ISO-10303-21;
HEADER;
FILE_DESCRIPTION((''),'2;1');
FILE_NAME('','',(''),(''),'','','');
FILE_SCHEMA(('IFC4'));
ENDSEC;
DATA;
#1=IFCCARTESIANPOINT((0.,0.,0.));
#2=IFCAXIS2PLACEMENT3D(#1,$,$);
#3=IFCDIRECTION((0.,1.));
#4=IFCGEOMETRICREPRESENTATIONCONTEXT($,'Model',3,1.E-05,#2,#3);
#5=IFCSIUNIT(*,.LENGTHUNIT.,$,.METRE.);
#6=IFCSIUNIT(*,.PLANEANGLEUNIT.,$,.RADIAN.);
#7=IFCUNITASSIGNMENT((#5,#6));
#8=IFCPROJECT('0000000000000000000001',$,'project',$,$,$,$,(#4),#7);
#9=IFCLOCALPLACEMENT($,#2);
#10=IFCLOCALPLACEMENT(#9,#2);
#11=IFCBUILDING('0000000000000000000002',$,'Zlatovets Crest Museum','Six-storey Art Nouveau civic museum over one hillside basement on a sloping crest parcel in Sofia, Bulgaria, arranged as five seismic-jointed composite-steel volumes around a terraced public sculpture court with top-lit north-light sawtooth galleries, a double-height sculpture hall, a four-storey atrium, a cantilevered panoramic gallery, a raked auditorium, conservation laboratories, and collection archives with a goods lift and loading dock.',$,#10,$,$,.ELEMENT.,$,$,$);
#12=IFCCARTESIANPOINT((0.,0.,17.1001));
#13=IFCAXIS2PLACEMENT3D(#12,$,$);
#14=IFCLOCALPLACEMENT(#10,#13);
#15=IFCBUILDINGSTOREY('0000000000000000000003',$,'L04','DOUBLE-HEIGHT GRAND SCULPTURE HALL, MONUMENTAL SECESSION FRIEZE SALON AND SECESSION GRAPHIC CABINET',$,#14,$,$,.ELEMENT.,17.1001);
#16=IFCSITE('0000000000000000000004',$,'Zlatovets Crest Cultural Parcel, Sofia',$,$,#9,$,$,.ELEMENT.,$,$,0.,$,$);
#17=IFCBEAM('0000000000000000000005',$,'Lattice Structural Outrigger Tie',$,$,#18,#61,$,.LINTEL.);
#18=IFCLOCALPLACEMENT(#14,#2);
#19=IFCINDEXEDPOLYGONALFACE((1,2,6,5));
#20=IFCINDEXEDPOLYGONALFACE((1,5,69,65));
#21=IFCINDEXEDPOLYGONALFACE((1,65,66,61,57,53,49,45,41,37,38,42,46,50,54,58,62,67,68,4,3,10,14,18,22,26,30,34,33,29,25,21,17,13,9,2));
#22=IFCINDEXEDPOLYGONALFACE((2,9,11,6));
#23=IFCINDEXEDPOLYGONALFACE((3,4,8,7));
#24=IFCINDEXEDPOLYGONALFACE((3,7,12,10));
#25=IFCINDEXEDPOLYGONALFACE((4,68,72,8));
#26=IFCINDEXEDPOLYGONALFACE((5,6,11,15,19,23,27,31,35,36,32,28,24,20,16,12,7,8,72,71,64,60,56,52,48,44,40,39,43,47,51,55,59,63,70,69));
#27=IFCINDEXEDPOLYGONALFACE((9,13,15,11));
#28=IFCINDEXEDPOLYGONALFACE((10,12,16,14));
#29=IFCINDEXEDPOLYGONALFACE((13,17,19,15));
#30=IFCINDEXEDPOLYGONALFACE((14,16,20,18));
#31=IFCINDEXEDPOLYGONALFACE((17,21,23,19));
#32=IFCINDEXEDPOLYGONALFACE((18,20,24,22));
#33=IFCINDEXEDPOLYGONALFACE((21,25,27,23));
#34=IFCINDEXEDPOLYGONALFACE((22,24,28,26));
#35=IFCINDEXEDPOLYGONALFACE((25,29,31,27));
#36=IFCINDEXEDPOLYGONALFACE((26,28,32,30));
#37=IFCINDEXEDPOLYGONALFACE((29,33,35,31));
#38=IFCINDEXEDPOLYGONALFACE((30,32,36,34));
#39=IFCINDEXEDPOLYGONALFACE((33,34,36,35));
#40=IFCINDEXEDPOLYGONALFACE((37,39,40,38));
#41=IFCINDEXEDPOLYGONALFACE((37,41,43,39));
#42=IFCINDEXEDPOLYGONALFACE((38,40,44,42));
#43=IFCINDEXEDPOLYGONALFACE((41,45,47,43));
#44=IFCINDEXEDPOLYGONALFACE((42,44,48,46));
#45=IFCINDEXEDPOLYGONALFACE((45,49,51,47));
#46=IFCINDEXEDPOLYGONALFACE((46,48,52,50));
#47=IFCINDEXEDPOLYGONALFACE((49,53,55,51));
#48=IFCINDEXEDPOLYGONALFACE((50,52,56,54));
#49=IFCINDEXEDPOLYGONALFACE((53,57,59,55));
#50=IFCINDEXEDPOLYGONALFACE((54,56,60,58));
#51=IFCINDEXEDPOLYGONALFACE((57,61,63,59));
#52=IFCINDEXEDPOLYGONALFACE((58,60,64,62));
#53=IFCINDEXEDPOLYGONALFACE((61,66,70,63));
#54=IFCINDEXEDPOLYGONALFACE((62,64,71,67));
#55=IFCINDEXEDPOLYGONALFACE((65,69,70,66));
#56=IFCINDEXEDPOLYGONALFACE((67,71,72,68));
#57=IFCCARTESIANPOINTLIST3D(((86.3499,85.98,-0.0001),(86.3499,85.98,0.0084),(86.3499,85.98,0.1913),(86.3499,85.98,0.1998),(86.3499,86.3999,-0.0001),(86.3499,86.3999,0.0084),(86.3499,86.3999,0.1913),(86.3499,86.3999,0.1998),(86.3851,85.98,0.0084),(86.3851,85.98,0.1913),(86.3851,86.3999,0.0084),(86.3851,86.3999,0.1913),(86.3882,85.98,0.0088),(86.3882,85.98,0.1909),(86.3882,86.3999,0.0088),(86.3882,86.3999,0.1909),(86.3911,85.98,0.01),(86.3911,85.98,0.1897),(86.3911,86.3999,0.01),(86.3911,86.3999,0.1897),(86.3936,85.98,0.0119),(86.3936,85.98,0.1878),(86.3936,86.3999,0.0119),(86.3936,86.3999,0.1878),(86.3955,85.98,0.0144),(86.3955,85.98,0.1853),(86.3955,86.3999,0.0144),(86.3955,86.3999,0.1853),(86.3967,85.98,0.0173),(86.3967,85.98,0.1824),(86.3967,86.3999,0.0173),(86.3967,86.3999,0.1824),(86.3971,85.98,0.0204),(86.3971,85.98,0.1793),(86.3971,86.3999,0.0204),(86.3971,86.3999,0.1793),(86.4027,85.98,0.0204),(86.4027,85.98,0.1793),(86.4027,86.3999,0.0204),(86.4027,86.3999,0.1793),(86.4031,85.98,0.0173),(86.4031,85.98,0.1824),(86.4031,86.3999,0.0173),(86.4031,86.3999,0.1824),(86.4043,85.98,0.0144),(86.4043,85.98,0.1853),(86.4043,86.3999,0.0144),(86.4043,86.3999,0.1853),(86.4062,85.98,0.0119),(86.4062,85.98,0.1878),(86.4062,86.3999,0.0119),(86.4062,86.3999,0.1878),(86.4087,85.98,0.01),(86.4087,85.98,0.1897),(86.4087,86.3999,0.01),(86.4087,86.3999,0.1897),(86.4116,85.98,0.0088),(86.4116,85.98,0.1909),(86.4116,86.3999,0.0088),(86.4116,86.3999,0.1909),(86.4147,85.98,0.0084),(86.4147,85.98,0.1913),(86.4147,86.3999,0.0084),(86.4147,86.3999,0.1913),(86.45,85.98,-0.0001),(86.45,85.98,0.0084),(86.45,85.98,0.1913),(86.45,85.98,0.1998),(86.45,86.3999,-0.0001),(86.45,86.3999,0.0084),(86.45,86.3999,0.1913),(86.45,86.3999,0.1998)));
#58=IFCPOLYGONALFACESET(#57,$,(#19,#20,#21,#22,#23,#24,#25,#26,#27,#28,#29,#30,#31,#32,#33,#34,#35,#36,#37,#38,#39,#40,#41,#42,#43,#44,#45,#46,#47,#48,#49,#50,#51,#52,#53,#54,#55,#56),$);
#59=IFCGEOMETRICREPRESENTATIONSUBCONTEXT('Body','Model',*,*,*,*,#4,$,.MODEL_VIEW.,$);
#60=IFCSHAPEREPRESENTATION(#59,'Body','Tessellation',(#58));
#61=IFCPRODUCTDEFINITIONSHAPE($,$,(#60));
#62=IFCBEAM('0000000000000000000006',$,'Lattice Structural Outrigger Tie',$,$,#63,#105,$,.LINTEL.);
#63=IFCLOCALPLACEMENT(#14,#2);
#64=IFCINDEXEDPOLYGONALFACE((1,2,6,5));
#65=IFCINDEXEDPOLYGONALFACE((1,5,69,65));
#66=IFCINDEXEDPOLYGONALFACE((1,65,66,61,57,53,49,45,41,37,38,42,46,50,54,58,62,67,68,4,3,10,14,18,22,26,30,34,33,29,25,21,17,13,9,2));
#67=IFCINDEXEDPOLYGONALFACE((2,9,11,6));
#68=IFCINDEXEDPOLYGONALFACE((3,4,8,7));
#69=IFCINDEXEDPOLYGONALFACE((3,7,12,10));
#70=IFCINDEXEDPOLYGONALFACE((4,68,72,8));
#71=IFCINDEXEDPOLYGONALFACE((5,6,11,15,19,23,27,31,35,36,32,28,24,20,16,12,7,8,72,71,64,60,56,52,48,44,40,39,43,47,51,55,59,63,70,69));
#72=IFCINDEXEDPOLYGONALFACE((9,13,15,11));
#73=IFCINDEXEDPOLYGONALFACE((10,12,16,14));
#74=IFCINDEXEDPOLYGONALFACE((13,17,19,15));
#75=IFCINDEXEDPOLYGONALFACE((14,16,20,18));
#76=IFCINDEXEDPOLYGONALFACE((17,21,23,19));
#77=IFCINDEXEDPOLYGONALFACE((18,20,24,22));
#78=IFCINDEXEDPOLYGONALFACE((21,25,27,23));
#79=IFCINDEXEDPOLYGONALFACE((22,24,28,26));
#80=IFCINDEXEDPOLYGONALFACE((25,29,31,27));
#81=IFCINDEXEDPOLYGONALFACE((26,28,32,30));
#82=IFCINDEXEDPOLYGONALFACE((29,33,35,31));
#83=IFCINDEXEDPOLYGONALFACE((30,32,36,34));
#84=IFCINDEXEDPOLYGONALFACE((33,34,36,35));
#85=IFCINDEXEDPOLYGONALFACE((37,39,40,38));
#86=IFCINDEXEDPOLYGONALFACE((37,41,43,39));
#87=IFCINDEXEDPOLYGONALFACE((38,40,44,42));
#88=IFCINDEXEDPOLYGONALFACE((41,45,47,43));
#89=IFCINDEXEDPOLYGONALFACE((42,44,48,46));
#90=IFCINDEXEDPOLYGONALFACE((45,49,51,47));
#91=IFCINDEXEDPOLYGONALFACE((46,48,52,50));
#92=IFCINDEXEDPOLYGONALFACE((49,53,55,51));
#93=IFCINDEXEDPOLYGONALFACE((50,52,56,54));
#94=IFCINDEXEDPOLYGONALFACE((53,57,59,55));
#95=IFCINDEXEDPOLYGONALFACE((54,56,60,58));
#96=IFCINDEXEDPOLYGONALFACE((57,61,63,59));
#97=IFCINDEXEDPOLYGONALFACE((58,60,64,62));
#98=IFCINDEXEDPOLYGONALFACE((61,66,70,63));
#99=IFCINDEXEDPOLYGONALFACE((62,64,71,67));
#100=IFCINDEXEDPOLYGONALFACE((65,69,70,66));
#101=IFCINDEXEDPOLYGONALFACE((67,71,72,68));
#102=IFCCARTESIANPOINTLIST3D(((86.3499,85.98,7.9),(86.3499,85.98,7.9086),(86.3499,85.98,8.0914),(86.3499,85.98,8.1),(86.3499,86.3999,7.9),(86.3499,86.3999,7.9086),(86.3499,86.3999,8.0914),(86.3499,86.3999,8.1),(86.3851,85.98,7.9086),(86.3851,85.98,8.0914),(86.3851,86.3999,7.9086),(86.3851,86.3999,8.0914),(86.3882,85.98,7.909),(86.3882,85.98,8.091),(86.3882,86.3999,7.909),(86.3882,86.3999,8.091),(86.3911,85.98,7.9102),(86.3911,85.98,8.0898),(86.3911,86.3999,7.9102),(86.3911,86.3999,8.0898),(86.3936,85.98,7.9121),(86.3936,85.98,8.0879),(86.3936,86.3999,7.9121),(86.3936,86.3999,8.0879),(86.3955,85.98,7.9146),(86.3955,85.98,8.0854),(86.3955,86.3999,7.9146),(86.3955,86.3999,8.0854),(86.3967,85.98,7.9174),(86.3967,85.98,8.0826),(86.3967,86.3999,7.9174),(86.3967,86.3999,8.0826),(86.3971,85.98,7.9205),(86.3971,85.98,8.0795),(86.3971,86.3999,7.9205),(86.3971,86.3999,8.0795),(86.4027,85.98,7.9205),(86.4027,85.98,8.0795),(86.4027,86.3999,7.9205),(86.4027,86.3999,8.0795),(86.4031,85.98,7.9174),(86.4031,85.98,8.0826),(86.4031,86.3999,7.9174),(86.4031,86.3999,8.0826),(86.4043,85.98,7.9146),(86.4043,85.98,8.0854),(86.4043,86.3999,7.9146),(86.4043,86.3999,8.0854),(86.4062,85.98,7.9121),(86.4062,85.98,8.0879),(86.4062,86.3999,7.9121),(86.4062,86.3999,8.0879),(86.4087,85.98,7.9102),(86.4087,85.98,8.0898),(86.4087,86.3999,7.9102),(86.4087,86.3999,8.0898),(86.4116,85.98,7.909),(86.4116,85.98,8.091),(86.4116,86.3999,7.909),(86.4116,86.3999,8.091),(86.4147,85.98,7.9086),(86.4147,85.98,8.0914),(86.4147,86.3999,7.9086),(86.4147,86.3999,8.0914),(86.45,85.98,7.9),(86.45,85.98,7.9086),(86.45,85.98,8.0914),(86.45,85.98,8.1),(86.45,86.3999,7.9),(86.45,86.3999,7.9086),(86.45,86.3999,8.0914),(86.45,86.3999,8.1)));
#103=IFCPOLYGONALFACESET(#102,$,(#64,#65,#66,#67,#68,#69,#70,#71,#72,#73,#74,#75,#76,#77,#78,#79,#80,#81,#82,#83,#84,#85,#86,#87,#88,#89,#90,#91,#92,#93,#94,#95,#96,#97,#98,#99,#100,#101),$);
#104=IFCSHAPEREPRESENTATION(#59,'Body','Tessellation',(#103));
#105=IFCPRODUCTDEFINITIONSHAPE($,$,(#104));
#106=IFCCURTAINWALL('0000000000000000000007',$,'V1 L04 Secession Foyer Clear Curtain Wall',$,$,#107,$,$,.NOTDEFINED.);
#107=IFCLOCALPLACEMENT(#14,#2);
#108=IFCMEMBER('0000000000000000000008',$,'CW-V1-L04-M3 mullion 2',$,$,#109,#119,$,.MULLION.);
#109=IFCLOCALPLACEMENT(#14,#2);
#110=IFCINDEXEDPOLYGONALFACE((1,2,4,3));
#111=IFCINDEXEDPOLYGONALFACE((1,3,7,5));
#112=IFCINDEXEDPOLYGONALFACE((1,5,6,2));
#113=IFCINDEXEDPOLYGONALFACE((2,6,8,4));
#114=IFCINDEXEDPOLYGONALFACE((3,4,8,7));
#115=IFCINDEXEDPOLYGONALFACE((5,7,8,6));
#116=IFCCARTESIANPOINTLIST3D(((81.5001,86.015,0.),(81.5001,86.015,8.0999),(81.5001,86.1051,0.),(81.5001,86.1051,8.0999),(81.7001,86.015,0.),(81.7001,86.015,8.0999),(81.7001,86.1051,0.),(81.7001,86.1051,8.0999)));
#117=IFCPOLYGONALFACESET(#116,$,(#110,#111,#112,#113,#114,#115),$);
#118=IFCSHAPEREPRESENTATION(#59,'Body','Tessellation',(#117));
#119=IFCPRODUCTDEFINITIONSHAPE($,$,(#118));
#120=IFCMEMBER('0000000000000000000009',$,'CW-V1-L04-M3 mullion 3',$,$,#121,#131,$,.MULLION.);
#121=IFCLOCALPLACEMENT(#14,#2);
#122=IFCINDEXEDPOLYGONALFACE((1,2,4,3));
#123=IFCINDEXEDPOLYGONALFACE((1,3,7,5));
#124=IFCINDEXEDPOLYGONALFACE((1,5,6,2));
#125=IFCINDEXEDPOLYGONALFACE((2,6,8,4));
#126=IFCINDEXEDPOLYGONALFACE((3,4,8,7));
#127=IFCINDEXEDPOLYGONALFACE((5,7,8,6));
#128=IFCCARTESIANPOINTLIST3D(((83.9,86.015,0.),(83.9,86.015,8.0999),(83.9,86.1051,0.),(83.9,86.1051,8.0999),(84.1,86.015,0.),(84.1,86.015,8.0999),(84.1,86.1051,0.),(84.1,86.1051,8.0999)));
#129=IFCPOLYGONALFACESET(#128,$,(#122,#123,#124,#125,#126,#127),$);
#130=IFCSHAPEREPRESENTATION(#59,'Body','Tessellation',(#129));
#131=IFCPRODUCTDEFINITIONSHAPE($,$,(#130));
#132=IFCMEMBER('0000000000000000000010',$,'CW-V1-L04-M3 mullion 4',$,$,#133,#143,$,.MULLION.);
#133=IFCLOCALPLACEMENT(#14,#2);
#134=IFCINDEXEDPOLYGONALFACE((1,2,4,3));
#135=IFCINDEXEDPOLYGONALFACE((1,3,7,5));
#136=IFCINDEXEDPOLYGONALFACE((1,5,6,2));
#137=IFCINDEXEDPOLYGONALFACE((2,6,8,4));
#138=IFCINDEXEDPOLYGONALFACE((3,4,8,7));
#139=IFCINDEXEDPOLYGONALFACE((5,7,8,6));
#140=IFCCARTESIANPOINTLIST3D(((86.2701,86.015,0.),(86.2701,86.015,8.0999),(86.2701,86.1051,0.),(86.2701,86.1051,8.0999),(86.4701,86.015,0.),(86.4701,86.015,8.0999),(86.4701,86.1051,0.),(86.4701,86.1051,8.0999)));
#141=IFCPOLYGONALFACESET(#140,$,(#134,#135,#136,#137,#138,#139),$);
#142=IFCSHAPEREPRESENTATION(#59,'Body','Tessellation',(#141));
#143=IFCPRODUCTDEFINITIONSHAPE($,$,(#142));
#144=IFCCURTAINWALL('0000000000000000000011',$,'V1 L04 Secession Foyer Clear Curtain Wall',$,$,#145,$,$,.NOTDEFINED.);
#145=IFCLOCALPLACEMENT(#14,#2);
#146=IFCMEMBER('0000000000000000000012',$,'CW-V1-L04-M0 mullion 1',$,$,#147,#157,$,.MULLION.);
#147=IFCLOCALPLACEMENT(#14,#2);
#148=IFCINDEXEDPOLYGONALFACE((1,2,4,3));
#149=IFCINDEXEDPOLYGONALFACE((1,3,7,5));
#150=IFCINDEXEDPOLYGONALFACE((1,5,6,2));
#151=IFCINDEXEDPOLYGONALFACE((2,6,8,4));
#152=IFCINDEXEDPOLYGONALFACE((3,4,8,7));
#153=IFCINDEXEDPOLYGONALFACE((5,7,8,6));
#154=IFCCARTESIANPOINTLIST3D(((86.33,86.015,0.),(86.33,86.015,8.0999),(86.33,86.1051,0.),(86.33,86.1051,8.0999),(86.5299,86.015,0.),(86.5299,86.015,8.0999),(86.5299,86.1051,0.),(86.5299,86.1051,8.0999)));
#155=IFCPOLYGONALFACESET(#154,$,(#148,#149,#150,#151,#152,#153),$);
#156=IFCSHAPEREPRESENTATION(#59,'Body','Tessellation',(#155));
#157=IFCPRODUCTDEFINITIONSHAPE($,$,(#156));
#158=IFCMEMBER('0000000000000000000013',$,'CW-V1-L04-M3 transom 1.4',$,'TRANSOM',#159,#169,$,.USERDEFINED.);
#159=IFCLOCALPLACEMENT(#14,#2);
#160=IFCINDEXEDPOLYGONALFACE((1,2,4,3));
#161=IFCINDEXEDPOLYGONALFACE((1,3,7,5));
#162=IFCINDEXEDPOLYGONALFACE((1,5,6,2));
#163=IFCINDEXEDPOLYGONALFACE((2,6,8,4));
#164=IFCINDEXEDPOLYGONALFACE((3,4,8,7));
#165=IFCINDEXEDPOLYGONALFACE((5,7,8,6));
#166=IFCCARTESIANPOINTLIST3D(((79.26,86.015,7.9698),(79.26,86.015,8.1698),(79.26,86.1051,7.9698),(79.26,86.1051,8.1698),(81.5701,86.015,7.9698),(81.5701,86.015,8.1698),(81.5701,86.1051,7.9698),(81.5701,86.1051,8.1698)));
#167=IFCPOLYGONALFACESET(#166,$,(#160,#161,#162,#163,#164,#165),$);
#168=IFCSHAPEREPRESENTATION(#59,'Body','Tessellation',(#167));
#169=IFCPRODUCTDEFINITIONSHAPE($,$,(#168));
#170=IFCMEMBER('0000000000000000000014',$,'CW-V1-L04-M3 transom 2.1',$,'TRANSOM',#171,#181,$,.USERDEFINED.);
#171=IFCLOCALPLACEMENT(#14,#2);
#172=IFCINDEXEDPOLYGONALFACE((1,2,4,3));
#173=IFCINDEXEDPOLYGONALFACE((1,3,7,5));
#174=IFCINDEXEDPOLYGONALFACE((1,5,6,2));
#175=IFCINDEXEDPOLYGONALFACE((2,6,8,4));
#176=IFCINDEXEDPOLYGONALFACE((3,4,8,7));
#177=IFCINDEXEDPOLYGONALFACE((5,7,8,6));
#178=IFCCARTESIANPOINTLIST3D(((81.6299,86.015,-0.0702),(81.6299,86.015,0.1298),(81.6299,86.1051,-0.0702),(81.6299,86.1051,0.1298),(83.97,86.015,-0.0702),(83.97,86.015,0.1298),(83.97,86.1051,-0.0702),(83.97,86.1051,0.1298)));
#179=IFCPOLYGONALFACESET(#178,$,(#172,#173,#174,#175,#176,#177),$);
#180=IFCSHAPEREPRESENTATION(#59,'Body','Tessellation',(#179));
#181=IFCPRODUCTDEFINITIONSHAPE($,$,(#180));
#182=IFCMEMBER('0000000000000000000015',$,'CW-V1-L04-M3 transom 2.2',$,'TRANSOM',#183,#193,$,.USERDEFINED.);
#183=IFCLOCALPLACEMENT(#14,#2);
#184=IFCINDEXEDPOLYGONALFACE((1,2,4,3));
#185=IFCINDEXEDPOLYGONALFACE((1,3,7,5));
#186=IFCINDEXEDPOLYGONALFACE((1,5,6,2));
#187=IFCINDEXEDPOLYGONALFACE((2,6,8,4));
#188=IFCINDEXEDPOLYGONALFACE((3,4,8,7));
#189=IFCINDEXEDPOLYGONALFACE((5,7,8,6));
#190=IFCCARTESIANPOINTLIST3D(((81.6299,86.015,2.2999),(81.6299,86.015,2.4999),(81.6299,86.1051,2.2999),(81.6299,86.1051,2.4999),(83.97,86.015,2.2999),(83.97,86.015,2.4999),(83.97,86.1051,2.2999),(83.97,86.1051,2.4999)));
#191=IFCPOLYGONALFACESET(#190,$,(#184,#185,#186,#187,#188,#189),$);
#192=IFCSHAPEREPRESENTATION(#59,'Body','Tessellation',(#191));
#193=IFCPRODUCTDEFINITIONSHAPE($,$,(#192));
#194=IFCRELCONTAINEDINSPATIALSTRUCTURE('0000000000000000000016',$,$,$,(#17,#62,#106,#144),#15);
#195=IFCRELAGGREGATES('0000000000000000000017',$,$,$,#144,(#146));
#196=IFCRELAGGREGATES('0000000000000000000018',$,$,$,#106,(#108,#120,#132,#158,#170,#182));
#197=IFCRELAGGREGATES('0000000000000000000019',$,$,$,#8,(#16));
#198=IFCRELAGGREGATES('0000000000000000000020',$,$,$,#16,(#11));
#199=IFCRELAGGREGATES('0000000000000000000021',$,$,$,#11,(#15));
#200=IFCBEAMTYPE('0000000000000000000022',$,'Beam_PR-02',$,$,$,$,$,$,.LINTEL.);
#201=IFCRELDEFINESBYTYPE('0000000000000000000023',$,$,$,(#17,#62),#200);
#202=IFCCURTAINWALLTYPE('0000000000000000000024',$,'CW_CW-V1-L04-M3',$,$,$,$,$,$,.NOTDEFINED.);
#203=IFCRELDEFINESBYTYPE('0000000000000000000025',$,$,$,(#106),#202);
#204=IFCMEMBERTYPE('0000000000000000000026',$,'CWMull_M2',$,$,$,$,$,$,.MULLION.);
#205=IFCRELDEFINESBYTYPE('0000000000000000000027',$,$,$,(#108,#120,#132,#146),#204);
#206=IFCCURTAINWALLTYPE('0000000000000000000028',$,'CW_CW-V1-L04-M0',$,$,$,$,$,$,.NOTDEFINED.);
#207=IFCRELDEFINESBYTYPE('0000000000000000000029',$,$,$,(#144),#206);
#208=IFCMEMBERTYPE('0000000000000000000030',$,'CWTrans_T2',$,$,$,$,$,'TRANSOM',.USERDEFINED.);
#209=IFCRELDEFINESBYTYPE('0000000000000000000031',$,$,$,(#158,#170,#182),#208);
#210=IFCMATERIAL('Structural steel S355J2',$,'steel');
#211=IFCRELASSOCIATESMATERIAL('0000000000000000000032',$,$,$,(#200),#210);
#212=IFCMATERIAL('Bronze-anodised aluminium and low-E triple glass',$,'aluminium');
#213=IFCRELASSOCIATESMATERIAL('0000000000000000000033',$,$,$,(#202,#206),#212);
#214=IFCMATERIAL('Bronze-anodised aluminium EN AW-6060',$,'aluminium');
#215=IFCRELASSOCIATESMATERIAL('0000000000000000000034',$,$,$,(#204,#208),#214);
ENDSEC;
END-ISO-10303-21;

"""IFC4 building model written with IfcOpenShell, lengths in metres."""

from ifc_helpers import new_model, si_unit, direction, frame, origin, origin_2d, place, context, subcontext, project, spatial, rectangle, i_section, extrude, material, material_profile, profile_set, type_object, element, aggregate, save


model = new_model("IFC4")

# Units and contexts
model_context = context("Model", 3, precision=1e-05, world=origin(), true_north=direction((0.0, 1.0)))
body_context = subcontext(model_context, "Body", "Model", "MODEL_VIEW")
ifc_project = project(units=[si_unit("LENGTHUNIT", "METRE"), si_unit("PLANEANGLEUNIT", "RADIAN")], contexts=[model_context])

# Site, building, storey
site_placement = place(None, origin())
site = spatial("IfcSite", under=ifc_project, at=site_placement, Name="Zlatovets Crest Cultural Parcel, Sofia", CompositionType="ELEMENT", RefElevation=0.0)
building_placement = place(site_placement, origin())
building = spatial("IfcBuilding", under=site, at=building_placement, Name="Zlatovets Crest Museum", Description="Six-storey Art Nouveau civic museum over one hillside basement on a sloping crest parcel in Sofia, Bulgaria, arranged as five seismic-jointed composite-steel volumes around a terraced public sculpture court with top-lit north-light sawtooth galleries, a double-height sculpture hall, a four-storey atrium, a cantilevered panoramic gallery, a raked auditorium, conservation laboratories, and collection archives with a goods lift and loading dock.", CompositionType="ELEMENT")
storey_placement = place(building_placement, frame((0.0, 0.0, 17.1001)))
storey = spatial("IfcBuildingStorey", under=building, at=storey_placement, Name="L04", Description="DOUBLE-HEIGHT GRAND SCULPTURE HALL, MONUMENTAL SECESSION FRIEZE SALON AND SECESSION GRAPHIC CABINET", CompositionType="ELEMENT", Elevation=17.1001)

# Shared definitions
ifc_material_1 = material(Name="Structural steel S355J2", Category="steel")

# Beams
ifc_material_profile_1 = material_profile(ifc_material_1, i_section(OverallWidth=0.1001, OverallDepth=0.2, WebThickness=0.0056, FlangeThickness=0.0085, FilletRadius=0.012, at=origin_2d()), Name="IPE 200")
ifc_profile_set_1 = profile_set([ifc_material_profile_1], Name="Structural steel S355J2")
beam_type_1 = type_object("IfcBeamType", Name="Beam_PR-02", PredefinedType="LINTEL", material=ifc_profile_set_1)
for number, where, z_axis, x_axis, name in (
    (1, (86.3999, 86.3999, 0.0999), (0.0, -1.0, 0.0), (1.0, 0.0, 0.0), "Lattice Structural Outrigger Tie"),
    (2, (86.3999, 86.3999, 8.0), (0.0, -1.0, 0.0), (1.0, 0.0, 0.0), "Lattice Structural Outrigger Tie"),
):
    element("IfcBeam", number, at=place(storey_placement, frame(where, z_axis=z_axis, x_axis=x_axis)), inside=storey, type_object=beam_type_1, Name=name, PredefinedType="LINTEL", context=body_context, shape_type="SweptSolid", body=[
        extrude(i_section(OverallWidth=0.1001, OverallDepth=0.2, WebThickness=0.0056, FlangeThickness=0.0085, FilletRadius=0.012, at=origin_2d()), origin(), (0.0, 0.0, 1.0), 0.4199),
    ])

# Curtain wall, members
ifc_material_2 = material(Name="Bronze-anodised aluminium and low-E triple glass", Category="aluminium")
curtain_wall_type_1 = type_object("IfcCurtainWallType", Name="CW_CW-V1-L04-M3", PredefinedType="NOTDEFINED", material=ifc_material_2)
curtain_wall_1_placement = place(storey_placement, origin())
curtain_wall_1 = element("IfcCurtainWall", 3, at=curtain_wall_1_placement, inside=storey, type_object=curtain_wall_type_1, Name="V1 L04 Secession Foyer Clear Curtain Wall", PredefinedType="NOTDEFINED")
ifc_material_3 = material(Name="Bronze-anodised aluminium EN AW-6060", Category="aluminium")
ifc_material_profile_2 = material_profile(ifc_material_3, rectangle(XDim=0.0901, YDim=0.2, at=origin_2d()), Name="ALU 90x200")
ifc_profile_set_2 = profile_set([ifc_material_profile_2], Name="Bronze-anodised aluminium EN AW-6060")
member_type_1 = type_object("IfcMemberType", Name="CWMull_M2", PredefinedType="MULLION", material=ifc_profile_set_2)
member_1_placement = place(storey_placement, frame((81.6001, 86.0601, 0.0), z_axis=(0.0, 0.0, 1.0), x_axis=(0.0, 1.0, 0.0)))
member_1 = element("IfcMember", 4, at=member_1_placement, type_object=member_type_1, Name="CW-V1-L04-M3 mullion 2", PredefinedType="MULLION", context=body_context, shape_type="SweptSolid", body=[
    extrude(rectangle(XDim=0.0901, YDim=0.2, at=origin_2d()), origin(), (0.0, 0.0, 1.0), 8.0999),
])
member_2_placement = place(storey_placement, frame((84.0, 86.0601, 0.0), z_axis=(0.0, 0.0, 1.0), x_axis=(0.0, 1.0, 0.0)))
member_2 = element("IfcMember", 5, at=member_2_placement, type_object=member_type_1, Name="CW-V1-L04-M3 mullion 3", PredefinedType="MULLION", context=body_context, shape_type="SweptSolid", body=[
    extrude(rectangle(XDim=0.0901, YDim=0.2, at=origin_2d()), origin(), (0.0, 0.0, 1.0), 8.0999),
])
member_3_placement = place(storey_placement, frame((86.3701, 86.0601, 0.0), z_axis=(0.0, 0.0, 1.0), x_axis=(0.0, 1.0, 0.0)))
member_3 = element("IfcMember", 6, at=member_3_placement, type_object=member_type_1, Name="CW-V1-L04-M3 mullion 4", PredefinedType="MULLION", context=body_context, shape_type="SweptSolid", body=[
    extrude(rectangle(XDim=0.0901, YDim=0.2, at=origin_2d()), origin(), (0.0, 0.0, 1.0), 8.0999),
])

# Curtain wall, member
curtain_wall_type_2 = type_object("IfcCurtainWallType", Name="CW_CW-V1-L04-M0", PredefinedType="NOTDEFINED", material=ifc_material_2)
curtain_wall_2_placement = place(storey_placement, origin())
curtain_wall_2 = element("IfcCurtainWall", 7, at=curtain_wall_2_placement, inside=storey, type_object=curtain_wall_type_2, Name="V1 L04 Secession Foyer Clear Curtain Wall", PredefinedType="NOTDEFINED")
member_4_placement = place(storey_placement, frame((86.4299, 86.0601, 0.0), z_axis=(0.0, 0.0, 1.0), x_axis=(0.0, 1.0, 0.0)))
member_4 = element("IfcMember", 8, at=member_4_placement, type_object=member_type_1, Name="CW-V1-L04-M0 mullion 1", PredefinedType="MULLION", context=body_context, shape_type="SweptSolid", body=[
    extrude(rectangle(XDim=0.0901, YDim=0.2, at=origin_2d()), origin(), (0.0, 0.0, 1.0), 8.0999),
])
aggregate(curtain_wall_2, [member_4])

# Members
ifc_material_profile_3 = material_profile(ifc_material_3, rectangle(XDim=0.0901, YDim=0.2, at=origin_2d()), Name="ALU 90x200")
ifc_profile_set_3 = profile_set([ifc_material_profile_3], Name="Bronze-anodised aluminium EN AW-6060")
member_type_2 = type_object("IfcMemberType", Name="CWTrans_T2", ElementType="TRANSOM", PredefinedType="USERDEFINED", material=ifc_profile_set_3)
member_5_placement = place(storey_placement, frame((79.26, 86.0601, 8.0698), z_axis=(1.0, 0.0, 0.0), x_axis=(0.0, 1.0, 0.0)))
member_5 = element("IfcMember", 9, at=member_5_placement, type_object=member_type_2, Name="CW-V1-L04-M3 transom 1.4", ObjectType="TRANSOM", PredefinedType="USERDEFINED", context=body_context, shape_type="SweptSolid", body=[
    extrude(rectangle(XDim=0.0901, YDim=0.2, at=origin_2d()), origin(), (0.0, 0.0, 1.0), 2.3101),
])
member_6_placement = place(storey_placement, frame((81.6299, 86.0601, 0.0298), z_axis=(1.0, 0.0, 0.0), x_axis=(0.0, 1.0, 0.0)))
member_6 = element("IfcMember", 10, at=member_6_placement, type_object=member_type_2, Name="CW-V1-L04-M3 transom 2.1", ObjectType="TRANSOM", PredefinedType="USERDEFINED", context=body_context, shape_type="SweptSolid", body=[
    extrude(rectangle(XDim=0.0901, YDim=0.2, at=origin_2d()), origin(), (0.0, 0.0, 1.0), 2.3401),
])
member_7_placement = place(storey_placement, frame((81.6299, 86.0601, 2.3999), z_axis=(1.0, 0.0, 0.0), x_axis=(0.0, 1.0, 0.0)))
member_7 = element("IfcMember", 11, at=member_7_placement, type_object=member_type_2, Name="CW-V1-L04-M3 transom 2.2", ObjectType="TRANSOM", PredefinedType="USERDEFINED", context=body_context, shape_type="SweptSolid", body=[
    extrude(rectangle(XDim=0.0901, YDim=0.2, at=origin_2d()), origin(), (0.0, 0.0, 1.0), 2.3401),
])

aggregate(curtain_wall_1, [member_1, member_2, member_3, member_5, member_6, member_7])

save(model, "model.ifc")
